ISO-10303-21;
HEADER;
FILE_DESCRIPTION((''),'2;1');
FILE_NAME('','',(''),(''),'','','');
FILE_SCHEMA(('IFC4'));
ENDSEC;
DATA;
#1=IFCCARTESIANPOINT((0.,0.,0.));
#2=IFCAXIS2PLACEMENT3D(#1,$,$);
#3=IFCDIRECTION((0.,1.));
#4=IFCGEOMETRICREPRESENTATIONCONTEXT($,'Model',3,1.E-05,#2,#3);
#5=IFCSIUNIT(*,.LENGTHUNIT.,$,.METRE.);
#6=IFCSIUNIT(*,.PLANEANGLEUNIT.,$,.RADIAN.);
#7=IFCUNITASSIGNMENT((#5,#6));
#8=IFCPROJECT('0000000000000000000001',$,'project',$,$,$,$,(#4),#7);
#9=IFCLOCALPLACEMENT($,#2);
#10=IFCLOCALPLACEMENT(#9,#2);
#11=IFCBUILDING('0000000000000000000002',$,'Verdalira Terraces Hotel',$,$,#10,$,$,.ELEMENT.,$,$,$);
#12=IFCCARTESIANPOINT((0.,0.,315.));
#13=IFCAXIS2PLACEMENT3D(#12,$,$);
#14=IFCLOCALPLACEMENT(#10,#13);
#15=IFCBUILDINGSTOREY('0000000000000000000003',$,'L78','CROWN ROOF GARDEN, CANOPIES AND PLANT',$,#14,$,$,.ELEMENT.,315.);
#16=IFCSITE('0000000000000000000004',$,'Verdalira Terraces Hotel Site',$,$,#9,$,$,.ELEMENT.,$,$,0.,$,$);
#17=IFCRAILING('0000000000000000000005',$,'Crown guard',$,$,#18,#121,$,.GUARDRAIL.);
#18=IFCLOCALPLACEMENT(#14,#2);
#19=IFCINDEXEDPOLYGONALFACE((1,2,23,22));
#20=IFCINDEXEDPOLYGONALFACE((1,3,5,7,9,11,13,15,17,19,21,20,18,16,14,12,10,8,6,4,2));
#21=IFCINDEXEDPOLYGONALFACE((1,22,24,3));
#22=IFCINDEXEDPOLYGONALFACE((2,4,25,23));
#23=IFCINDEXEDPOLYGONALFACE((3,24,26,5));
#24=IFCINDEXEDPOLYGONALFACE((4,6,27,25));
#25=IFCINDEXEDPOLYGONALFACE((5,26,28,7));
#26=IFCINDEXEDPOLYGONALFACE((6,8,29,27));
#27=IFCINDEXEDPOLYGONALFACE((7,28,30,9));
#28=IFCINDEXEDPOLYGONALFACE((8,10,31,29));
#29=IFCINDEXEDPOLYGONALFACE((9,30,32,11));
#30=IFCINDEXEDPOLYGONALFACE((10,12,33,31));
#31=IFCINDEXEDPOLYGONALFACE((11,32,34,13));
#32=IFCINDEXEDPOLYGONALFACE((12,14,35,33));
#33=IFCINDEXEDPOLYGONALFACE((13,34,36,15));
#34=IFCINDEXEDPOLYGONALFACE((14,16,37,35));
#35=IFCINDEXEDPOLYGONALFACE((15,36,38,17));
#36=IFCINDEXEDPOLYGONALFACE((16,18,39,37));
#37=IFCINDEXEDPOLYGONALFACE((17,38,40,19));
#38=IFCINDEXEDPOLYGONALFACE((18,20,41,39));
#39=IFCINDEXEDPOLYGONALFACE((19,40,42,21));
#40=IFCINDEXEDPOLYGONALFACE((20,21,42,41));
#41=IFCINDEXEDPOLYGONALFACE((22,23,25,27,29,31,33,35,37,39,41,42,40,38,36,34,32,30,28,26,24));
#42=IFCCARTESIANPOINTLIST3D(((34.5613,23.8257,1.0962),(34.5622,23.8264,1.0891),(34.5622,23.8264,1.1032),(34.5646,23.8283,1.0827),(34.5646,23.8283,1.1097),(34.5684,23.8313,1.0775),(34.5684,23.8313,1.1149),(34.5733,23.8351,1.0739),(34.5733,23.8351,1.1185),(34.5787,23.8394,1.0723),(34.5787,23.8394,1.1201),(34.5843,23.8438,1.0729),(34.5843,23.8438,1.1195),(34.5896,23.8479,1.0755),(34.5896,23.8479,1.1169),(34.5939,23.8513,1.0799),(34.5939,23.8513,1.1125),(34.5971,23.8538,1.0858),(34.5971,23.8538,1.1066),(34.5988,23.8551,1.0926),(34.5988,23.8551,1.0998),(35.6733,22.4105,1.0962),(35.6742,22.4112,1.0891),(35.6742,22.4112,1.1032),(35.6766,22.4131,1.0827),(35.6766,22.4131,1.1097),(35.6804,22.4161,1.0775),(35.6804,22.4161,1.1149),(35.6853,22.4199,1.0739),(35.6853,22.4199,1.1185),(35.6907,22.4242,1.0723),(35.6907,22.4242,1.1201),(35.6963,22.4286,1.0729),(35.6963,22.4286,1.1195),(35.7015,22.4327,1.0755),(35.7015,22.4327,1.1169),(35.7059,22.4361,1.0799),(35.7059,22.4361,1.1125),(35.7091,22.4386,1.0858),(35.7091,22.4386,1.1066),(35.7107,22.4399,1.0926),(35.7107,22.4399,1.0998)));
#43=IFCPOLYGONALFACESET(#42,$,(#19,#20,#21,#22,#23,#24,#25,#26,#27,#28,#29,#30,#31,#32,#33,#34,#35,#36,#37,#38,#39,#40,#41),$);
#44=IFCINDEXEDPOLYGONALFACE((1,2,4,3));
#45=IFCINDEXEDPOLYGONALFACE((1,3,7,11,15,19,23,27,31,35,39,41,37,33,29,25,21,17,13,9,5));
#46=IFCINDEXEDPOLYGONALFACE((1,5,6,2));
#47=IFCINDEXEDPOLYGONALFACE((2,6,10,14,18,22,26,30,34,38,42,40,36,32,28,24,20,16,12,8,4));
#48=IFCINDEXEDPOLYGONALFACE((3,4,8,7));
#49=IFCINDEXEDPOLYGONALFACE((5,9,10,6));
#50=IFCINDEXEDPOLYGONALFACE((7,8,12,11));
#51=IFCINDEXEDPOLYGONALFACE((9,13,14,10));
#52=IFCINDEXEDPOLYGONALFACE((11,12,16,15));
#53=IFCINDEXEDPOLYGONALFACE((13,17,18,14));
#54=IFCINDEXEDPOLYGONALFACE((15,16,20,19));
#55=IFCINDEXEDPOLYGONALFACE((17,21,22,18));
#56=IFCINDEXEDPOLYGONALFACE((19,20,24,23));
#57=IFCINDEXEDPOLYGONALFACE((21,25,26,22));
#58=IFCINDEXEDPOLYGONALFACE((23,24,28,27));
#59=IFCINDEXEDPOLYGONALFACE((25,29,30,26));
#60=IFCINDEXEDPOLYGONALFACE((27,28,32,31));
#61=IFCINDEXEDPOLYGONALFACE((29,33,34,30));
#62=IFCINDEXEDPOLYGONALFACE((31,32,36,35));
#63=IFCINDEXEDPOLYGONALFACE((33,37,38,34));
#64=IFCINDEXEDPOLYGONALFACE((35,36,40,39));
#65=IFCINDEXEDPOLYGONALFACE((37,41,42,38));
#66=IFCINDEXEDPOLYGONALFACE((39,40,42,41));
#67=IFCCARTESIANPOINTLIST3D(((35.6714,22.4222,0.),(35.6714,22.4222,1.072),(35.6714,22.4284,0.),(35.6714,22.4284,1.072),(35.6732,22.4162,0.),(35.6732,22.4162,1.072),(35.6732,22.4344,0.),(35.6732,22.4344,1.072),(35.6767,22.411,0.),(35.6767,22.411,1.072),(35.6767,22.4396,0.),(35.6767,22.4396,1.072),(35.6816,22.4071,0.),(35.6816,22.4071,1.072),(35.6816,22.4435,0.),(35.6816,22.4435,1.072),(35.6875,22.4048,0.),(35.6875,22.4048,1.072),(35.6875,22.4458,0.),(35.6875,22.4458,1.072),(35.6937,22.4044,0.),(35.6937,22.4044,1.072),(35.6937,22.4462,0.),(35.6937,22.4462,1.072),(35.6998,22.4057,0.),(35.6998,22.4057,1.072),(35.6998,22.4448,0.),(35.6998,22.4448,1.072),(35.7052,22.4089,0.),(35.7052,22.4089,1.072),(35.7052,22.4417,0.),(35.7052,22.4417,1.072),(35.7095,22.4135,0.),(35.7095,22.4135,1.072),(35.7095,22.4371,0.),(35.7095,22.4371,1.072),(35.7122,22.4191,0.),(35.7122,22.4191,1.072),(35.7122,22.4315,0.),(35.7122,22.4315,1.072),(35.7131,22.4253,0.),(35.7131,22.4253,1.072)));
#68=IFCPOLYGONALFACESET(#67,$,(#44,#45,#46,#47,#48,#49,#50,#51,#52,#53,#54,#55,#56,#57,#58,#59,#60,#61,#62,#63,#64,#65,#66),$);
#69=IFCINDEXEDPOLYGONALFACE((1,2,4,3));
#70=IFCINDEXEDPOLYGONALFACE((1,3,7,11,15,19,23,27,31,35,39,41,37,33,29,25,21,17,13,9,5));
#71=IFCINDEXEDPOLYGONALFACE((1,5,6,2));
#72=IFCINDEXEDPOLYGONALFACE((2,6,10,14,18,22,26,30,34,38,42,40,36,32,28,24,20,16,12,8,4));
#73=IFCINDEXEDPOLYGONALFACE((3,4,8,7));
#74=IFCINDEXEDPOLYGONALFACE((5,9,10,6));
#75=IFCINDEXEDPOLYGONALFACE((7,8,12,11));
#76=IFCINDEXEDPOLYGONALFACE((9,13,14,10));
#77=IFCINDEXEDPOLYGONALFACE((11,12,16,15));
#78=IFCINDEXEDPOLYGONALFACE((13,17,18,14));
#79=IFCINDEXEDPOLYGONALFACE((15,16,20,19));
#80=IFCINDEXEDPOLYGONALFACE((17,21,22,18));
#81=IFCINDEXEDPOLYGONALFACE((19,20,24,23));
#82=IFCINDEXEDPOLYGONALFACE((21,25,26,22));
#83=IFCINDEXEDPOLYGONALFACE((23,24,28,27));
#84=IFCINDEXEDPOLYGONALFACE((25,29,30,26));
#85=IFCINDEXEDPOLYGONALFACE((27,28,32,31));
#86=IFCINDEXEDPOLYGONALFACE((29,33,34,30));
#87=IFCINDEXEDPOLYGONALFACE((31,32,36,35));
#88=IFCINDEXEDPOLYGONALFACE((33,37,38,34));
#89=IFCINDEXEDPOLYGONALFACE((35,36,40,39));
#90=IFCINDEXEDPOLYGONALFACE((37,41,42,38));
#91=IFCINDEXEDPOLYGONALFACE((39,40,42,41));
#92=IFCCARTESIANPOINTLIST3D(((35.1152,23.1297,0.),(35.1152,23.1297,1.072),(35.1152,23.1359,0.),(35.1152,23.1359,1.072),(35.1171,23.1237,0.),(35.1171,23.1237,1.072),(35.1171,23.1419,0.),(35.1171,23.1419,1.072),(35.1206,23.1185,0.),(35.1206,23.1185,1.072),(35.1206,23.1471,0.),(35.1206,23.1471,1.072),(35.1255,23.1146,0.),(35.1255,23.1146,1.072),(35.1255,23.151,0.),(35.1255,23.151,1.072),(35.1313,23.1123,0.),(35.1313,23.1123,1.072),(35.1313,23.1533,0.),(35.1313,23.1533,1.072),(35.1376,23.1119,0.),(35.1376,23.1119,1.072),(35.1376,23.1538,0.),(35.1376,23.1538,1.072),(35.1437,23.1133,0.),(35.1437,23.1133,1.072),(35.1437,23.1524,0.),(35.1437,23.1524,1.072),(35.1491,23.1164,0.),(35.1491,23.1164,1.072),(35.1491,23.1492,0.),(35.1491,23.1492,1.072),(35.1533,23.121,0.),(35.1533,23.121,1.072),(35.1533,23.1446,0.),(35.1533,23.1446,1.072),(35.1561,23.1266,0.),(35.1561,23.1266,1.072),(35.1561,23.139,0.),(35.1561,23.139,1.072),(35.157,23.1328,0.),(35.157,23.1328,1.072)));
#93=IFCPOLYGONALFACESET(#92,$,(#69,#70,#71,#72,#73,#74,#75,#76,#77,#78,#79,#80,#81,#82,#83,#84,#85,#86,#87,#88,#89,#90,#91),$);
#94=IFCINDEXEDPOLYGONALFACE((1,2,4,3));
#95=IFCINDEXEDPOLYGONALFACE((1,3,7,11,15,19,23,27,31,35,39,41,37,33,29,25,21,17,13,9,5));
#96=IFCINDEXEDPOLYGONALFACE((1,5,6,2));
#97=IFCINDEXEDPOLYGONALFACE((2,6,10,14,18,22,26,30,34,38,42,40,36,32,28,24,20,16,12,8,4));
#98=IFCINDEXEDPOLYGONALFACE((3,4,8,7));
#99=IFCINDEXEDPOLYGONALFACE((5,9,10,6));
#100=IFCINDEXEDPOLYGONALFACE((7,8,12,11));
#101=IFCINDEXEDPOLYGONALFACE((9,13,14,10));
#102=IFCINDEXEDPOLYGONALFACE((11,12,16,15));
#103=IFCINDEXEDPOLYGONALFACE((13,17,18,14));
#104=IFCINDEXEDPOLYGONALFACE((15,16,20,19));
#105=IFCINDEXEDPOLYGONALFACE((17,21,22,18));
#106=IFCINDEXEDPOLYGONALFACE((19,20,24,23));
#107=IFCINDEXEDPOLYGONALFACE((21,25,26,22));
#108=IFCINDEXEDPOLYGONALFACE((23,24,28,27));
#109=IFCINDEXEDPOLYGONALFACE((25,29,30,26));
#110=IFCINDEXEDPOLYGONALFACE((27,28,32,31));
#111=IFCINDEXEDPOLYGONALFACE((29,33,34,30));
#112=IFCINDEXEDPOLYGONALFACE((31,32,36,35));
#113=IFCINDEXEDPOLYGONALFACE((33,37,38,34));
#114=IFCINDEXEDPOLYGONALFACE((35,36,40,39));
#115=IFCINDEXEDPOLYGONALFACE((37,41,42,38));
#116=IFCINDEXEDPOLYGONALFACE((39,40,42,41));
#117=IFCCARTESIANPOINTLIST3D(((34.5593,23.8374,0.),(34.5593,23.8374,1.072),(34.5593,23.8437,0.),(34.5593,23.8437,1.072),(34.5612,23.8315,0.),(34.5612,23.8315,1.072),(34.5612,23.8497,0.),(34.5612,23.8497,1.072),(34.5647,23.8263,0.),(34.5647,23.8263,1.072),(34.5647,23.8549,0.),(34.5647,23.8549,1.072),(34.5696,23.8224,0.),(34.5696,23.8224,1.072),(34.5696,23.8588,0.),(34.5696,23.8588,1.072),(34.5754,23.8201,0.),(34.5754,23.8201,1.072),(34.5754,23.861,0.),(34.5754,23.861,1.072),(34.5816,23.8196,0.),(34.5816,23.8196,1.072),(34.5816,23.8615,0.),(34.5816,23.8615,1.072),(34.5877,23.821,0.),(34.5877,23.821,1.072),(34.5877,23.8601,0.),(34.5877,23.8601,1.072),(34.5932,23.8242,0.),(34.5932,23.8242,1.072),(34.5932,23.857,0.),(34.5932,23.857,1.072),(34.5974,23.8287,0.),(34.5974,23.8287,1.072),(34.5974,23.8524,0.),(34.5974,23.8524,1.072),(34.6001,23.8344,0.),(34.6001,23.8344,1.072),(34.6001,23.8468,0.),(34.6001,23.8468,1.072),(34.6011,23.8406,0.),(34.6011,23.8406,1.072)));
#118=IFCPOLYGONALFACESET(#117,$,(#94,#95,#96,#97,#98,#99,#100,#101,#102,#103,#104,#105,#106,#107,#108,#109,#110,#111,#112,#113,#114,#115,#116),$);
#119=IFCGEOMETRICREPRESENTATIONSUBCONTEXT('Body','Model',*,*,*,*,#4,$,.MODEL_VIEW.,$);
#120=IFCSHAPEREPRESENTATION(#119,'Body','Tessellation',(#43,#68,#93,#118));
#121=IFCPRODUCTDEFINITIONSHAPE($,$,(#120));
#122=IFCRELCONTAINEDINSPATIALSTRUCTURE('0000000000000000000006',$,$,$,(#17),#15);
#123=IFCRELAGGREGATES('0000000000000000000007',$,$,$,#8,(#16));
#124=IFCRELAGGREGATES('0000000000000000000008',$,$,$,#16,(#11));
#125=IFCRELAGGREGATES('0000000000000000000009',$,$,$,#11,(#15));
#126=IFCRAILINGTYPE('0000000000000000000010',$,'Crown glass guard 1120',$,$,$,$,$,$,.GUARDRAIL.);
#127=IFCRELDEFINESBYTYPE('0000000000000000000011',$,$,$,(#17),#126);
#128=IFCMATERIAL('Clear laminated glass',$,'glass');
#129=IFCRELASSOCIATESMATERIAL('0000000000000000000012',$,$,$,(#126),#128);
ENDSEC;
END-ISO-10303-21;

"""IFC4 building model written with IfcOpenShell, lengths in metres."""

from ifc_helpers import new_model, si_unit, direction, frame, origin, origin_2d, place, context, subcontext, project, spatial, circle, extrude, material, type_object, element, save


model = new_model("IFC4")

# Units and contexts
model_context = context("Model", 3, precision=1e-05, world=origin(), true_north=direction((0.0, 1.0)))
body_context = subcontext(model_context, "Body", "Model", "MODEL_VIEW")
ifc_project = project(units=[si_unit("LENGTHUNIT", "METRE"), si_unit("PLANEANGLEUNIT", "RADIAN")], contexts=[model_context])

# Site, building, storey
site_placement = place(None, origin())
site = spatial("IfcSite", under=ifc_project, at=site_placement, Name="Verdalira Terraces Hotel Site", CompositionType="ELEMENT", RefElevation=0.0)
building_placement = place(site_placement, origin())
building = spatial("IfcBuilding", under=site, at=building_placement, Name="Verdalira Terraces Hotel", CompositionType="ELEMENT")
storey_placement = place(building_placement, frame((0.0, 0.0, 315.0)))
storey = spatial("IfcBuildingStorey", under=building, at=storey_placement, Name="L78", Description="CROWN ROOF GARDEN, CANOPIES AND PLANT", CompositionType="ELEMENT", Elevation=315.0)

# Railing
ifc_material_1 = material(Name="Clear laminated glass", Category="glass")
railing_type = type_object("IfcRailingType", Name="Crown glass guard 1120", PredefinedType="GUARDRAIL", material=ifc_material_1)
railing_1_placement = place(storey_placement, frame((35.6921, 22.4253, 0.0)))
element("IfcRailing", 1, at=railing_1_placement, inside=storey, type_object=railing_type, Name="Crown guard", PredefinedType="GUARDRAIL", context=body_context, shape_type="SweptSolid", body=[
    extrude(circle(Radius=0.0239, at=origin_2d()), frame((0.0, 0.0, 1.0962), z_axis=(-0.61784, 0.786304, 0.0), x_axis=(-0.786304, -0.61784, 0.0)), (0.0, 0.0, 1.0), 1.7998),
    extrude(circle(Radius=0.021, at=origin_2d()), origin(), (0.0, 0.0, 1.0), 1.072),
    extrude(circle(Radius=0.021, at=origin_2d()), frame((-0.5562, 0.7075, 0.0)), (0.0, 0.0, 1.0), 1.072),
    extrude(circle(Radius=0.021, at=origin_2d()), frame((-1.1121, 1.4153, 0.0)), (0.0, 0.0, 1.0), 1.072),
])

save(model, "model.ifc")
